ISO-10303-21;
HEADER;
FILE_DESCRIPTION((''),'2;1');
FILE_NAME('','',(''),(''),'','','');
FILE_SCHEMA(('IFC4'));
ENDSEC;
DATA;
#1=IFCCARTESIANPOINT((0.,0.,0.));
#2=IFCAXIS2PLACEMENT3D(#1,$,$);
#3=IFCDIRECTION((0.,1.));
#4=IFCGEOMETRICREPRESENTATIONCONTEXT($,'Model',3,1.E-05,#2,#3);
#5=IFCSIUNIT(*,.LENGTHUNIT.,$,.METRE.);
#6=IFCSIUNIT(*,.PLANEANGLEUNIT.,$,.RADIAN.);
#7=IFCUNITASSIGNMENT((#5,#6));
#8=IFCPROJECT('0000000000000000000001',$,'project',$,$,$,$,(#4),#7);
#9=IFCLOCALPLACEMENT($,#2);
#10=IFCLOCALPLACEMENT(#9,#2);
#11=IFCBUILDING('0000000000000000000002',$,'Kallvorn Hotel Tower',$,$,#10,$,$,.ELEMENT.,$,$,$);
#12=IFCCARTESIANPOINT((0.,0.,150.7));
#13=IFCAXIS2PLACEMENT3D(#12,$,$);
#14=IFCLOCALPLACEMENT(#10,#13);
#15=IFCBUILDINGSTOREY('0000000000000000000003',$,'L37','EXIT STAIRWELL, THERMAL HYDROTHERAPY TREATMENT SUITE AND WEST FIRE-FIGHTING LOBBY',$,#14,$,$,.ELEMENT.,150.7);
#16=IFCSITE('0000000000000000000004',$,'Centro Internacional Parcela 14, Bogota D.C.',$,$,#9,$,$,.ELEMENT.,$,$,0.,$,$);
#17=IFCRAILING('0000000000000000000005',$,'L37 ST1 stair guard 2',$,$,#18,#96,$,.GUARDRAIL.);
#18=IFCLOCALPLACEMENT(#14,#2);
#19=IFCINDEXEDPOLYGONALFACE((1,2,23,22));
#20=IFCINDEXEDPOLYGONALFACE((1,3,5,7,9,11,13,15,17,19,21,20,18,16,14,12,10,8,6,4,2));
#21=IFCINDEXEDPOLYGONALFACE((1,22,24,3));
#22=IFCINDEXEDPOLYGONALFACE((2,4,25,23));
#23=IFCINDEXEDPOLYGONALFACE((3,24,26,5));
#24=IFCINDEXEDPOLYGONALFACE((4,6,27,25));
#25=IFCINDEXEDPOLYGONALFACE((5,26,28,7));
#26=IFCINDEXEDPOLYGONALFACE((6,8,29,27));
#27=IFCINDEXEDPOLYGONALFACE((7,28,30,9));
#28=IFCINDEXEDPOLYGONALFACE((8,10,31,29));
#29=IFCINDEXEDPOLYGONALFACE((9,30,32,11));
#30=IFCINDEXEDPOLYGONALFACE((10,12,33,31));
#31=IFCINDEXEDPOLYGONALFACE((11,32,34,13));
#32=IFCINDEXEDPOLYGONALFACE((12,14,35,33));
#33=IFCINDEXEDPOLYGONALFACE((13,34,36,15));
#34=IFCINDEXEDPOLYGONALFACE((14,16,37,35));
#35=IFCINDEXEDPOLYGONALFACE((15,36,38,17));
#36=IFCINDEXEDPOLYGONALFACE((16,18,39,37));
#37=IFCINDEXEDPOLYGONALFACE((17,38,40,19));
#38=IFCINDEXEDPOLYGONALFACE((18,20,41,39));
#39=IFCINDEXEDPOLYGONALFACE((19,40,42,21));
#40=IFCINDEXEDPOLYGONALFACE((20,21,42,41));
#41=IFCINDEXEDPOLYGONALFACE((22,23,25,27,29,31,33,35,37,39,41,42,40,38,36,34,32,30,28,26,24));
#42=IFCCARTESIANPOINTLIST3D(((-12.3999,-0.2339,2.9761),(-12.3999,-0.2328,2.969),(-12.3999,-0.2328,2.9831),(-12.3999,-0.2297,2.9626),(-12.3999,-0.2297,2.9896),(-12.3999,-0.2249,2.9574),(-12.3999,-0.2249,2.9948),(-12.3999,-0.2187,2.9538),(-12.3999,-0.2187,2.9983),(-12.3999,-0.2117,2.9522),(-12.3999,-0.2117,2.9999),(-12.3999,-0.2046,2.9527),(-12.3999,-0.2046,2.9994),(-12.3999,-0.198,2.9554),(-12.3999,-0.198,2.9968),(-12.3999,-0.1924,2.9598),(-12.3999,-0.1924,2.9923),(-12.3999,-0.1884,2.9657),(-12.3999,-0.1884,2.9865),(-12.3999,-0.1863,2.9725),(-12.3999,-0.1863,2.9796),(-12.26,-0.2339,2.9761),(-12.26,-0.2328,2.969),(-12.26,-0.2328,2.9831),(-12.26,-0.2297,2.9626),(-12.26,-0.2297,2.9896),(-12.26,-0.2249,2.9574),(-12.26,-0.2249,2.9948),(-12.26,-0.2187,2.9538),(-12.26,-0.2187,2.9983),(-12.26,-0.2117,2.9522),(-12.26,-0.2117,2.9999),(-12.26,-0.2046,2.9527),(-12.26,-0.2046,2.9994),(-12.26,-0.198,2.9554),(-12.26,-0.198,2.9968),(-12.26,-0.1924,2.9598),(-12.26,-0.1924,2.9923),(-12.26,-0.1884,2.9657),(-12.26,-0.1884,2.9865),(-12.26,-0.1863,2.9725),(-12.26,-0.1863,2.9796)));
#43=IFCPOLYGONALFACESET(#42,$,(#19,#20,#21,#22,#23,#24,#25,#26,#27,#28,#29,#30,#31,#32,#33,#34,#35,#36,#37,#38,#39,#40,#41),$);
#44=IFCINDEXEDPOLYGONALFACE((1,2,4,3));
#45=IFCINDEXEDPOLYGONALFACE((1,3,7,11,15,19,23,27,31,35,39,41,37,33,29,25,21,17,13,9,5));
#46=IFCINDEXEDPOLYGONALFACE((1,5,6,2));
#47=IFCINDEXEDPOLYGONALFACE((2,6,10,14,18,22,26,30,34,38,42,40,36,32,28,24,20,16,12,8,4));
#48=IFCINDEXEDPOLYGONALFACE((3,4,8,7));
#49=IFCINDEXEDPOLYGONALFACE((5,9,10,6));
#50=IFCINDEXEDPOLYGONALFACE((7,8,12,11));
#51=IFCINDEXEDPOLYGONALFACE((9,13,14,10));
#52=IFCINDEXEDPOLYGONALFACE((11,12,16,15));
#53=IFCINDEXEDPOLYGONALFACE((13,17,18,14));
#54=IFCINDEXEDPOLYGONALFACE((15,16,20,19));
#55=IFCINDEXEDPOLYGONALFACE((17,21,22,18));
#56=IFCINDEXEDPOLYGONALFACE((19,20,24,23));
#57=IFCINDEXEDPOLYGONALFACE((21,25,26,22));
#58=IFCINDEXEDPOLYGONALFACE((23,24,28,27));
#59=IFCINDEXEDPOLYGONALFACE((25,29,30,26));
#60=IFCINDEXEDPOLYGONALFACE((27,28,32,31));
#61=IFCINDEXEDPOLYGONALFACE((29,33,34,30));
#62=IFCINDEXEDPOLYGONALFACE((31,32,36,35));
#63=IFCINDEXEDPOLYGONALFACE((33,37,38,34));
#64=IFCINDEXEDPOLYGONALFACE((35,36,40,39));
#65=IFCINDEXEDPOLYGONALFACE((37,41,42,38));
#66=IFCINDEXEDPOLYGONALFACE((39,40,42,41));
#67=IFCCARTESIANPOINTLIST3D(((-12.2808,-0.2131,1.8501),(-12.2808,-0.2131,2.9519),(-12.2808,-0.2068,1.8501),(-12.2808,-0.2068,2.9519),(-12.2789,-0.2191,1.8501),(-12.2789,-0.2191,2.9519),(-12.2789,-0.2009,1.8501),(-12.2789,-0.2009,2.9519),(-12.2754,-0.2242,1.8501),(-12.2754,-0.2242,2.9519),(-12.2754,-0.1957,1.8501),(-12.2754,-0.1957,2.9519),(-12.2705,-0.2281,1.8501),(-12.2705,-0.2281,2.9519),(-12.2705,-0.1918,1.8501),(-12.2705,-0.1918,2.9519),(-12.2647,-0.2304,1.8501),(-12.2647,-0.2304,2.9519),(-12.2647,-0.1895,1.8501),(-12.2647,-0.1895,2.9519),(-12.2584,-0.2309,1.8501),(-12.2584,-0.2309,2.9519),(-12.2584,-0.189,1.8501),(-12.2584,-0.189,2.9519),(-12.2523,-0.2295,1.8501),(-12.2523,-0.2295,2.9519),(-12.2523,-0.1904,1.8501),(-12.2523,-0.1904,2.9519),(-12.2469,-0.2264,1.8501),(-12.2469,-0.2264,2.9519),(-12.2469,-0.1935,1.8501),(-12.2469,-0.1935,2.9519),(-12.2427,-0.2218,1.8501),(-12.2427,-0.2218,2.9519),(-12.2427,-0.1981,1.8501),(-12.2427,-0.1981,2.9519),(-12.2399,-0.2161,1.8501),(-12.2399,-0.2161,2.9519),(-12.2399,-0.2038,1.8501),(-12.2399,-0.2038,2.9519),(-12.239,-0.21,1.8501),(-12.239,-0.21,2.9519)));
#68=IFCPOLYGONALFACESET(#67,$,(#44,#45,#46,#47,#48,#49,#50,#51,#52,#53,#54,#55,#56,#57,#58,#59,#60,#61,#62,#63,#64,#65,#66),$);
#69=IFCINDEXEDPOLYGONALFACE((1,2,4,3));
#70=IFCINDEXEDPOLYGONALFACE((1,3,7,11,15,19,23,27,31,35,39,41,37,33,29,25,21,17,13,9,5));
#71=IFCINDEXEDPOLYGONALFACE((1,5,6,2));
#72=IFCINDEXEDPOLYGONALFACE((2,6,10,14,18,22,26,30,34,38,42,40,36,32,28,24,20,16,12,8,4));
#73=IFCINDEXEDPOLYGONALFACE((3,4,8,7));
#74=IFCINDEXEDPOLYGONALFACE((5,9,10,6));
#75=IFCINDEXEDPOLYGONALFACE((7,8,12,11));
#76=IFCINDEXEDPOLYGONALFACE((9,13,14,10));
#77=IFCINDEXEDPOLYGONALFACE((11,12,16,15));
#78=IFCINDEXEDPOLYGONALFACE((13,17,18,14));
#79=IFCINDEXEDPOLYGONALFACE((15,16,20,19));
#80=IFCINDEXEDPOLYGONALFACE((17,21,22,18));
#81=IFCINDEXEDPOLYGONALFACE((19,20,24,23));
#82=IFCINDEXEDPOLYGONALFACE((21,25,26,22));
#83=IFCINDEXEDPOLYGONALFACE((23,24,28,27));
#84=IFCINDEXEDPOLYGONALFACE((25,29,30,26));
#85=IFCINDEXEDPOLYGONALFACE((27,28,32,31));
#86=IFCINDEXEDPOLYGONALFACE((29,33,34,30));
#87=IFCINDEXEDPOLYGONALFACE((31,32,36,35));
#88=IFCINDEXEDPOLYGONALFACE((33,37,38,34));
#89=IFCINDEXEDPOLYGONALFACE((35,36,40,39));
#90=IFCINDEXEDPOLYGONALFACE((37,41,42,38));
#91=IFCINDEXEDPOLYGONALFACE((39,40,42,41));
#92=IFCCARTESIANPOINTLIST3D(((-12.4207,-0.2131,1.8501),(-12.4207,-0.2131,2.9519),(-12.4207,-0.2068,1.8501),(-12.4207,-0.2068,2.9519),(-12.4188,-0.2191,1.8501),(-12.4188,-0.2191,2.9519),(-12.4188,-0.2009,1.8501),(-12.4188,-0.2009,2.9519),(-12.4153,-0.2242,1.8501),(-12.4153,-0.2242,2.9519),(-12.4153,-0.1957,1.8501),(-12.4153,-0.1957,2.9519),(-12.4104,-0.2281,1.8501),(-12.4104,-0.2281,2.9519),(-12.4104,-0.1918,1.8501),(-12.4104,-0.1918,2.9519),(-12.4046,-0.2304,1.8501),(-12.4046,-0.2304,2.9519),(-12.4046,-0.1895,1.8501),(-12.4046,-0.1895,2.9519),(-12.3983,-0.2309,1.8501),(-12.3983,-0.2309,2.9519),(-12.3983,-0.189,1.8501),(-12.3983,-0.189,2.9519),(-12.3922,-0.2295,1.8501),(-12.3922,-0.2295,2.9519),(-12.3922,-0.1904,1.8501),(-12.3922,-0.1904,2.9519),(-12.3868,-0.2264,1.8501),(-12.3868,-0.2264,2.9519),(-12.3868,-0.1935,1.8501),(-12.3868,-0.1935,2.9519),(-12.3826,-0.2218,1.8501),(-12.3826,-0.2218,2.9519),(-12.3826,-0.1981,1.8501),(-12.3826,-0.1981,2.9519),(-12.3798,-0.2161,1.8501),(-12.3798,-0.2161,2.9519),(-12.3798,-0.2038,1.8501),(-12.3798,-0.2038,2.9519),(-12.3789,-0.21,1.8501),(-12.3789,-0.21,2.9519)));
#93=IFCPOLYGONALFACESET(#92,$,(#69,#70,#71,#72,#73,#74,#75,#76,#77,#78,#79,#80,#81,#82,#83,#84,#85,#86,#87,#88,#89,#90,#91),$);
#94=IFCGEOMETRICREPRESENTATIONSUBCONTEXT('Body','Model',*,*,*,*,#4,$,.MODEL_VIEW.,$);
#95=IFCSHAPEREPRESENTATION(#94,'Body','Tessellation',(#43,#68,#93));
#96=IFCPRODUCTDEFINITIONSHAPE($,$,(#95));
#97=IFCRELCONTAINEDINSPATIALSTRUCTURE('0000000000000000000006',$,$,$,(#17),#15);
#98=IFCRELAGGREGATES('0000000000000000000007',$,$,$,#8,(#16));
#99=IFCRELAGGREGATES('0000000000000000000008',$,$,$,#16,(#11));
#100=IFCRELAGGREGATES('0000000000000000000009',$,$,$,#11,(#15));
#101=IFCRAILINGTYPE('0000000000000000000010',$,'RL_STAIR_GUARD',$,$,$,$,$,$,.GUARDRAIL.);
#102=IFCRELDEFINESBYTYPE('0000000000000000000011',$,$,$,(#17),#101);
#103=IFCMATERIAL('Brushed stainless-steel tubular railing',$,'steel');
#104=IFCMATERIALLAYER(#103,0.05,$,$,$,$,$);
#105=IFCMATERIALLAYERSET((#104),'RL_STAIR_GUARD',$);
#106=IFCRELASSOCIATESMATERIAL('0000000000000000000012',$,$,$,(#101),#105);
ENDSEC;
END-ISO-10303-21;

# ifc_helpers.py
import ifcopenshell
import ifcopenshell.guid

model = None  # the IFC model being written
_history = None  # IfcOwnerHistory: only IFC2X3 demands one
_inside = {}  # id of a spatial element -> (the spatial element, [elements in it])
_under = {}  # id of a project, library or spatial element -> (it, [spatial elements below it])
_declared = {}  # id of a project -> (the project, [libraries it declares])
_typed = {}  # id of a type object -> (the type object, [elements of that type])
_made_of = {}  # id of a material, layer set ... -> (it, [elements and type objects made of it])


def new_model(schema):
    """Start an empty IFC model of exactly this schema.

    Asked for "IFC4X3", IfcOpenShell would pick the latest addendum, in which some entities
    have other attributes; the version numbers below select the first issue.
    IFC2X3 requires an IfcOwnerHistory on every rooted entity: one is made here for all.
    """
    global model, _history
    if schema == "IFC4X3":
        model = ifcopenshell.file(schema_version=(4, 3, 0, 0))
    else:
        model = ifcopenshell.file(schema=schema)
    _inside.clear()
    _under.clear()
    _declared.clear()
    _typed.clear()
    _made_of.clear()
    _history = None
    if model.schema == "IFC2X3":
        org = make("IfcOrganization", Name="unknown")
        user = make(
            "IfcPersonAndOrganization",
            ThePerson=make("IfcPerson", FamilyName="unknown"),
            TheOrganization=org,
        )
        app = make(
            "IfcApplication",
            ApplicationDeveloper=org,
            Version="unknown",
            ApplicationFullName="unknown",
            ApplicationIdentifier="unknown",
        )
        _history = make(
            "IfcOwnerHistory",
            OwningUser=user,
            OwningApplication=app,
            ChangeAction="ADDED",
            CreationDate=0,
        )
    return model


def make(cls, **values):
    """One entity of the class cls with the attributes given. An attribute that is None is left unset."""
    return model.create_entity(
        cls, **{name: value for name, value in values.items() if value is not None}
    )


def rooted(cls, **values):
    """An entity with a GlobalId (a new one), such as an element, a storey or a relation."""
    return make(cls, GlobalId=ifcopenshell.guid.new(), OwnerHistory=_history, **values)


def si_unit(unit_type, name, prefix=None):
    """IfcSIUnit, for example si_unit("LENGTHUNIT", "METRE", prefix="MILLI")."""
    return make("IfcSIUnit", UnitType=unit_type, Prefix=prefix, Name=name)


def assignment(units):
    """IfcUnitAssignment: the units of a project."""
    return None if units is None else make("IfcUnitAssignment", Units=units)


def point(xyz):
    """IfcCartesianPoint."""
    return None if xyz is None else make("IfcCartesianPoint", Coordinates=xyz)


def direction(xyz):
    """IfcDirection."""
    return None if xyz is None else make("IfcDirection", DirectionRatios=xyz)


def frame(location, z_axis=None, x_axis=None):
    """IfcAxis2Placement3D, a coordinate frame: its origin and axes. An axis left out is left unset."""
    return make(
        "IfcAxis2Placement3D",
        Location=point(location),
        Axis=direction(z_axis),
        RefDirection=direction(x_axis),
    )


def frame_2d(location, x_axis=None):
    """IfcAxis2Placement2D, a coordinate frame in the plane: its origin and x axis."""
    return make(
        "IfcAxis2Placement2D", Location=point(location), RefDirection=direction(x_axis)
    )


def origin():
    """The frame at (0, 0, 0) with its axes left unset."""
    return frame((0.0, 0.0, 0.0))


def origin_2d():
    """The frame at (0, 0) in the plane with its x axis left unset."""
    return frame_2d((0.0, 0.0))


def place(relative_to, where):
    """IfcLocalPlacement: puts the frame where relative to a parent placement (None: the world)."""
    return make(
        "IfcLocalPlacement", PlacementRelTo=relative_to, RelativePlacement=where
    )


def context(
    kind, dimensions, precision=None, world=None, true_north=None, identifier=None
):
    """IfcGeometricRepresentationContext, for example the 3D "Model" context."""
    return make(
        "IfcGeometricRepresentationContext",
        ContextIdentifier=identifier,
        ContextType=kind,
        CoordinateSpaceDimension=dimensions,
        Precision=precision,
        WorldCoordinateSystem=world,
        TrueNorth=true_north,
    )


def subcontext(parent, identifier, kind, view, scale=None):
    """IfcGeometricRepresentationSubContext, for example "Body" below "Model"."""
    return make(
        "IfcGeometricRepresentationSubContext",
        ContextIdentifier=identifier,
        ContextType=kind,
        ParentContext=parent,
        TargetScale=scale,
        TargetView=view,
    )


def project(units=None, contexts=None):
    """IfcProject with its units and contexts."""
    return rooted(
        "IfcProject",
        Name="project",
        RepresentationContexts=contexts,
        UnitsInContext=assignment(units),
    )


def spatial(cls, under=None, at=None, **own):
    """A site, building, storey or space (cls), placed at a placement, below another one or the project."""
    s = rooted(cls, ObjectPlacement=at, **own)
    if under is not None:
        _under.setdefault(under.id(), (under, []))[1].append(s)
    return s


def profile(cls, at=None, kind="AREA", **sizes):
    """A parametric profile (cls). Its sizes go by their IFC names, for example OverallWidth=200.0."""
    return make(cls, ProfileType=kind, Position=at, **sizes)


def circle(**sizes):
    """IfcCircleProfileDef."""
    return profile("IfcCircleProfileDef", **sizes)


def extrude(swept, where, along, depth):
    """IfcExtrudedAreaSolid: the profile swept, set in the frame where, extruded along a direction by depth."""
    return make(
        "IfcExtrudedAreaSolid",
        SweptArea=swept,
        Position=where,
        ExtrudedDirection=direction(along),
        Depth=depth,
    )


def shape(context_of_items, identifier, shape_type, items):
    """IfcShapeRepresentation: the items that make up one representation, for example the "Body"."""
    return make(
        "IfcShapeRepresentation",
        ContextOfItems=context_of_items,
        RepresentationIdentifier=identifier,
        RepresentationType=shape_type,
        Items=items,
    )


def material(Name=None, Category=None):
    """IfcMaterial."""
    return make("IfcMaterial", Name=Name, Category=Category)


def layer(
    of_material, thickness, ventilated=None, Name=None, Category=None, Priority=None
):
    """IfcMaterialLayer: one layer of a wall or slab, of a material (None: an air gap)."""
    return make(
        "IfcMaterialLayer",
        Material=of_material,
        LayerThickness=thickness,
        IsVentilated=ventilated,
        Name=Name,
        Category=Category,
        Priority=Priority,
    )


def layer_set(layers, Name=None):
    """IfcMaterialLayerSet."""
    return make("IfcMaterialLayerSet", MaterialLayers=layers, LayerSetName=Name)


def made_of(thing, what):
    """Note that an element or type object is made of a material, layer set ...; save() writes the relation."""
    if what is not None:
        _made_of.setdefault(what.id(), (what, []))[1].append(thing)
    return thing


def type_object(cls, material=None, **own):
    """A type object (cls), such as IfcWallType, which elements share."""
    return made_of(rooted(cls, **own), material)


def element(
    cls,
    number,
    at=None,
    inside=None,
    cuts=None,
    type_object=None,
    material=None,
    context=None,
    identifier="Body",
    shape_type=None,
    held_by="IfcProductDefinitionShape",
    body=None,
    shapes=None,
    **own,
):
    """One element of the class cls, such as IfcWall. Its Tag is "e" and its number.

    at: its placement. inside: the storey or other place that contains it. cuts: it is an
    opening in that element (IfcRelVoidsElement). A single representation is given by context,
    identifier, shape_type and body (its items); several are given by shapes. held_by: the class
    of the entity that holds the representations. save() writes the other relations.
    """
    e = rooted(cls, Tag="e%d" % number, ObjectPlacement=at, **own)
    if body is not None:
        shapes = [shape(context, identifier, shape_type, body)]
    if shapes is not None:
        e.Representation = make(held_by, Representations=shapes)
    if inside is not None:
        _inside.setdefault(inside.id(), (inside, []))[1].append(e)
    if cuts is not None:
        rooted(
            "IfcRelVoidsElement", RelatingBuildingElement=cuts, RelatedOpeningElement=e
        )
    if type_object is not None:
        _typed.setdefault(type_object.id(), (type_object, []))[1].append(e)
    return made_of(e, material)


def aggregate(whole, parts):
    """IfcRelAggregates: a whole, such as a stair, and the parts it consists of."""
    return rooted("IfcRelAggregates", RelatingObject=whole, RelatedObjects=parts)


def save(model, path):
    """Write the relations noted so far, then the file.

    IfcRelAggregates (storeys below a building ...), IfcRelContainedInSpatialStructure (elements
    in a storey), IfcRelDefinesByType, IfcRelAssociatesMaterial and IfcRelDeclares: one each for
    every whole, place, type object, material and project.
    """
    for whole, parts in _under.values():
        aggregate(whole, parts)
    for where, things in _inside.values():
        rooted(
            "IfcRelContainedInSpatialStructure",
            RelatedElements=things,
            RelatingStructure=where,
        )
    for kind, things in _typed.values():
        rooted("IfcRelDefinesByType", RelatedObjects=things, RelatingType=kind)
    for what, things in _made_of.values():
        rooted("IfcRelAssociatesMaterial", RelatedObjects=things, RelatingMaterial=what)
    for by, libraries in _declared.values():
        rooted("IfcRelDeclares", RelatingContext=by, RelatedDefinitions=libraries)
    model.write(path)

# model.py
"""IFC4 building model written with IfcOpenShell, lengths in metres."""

from ifc_helpers import new_model, si_unit, direction, frame, origin, origin_2d, place, context, subcontext, project, spatial, circle, extrude, material, layer, layer_set, type_object, element, save


model = new_model("IFC4")

# Units and contexts
model_context = context("Model", 3, precision=1e-05, world=origin(), true_north=direction((0.0, 1.0)))
body_context = subcontext(model_context, "Body", "Model", "MODEL_VIEW")
ifc_project = project(units=[si_unit("LENGTHUNIT", "METRE"), si_unit("PLANEANGLEUNIT", "RADIAN")], contexts=[model_context])

# Site, building, storey
site_placement = place(None, origin())
site = spatial("IfcSite", under=ifc_project, at=site_placement, Name="Centro Internacional Parcela 14, Bogota D.C.", CompositionType="ELEMENT", RefElevation=0.0)
building_placement = place(site_placement, origin())
building = spatial("IfcBuilding", under=site, at=building_placement, Name="Kallvorn Hotel Tower", CompositionType="ELEMENT")
storey_placement = place(building_placement, frame((0.0, 0.0, 150.7)))
storey = spatial("IfcBuildingStorey", under=building, at=storey_placement, Name="L37", Description="EXIT STAIRWELL, THERMAL HYDROTHERAPY TREATMENT SUITE AND WEST FIRE-FIGHTING LOBBY", CompositionType="ELEMENT", Elevation=150.7)

# Railing
ifc_material_1 = material(Name="Brushed stainless-steel tubular railing", Category="steel")
ifc_layer_1 = layer(ifc_material_1, 0.05)
ifc_layer_set_1 = layer_set([ifc_layer_1], Name="RL_STAIR_GUARD")
railing_type_1 = type_object("IfcRailingType", Name="RL_STAIR_GUARD", PredefinedType="GUARDRAIL", material=ifc_layer_set_1)
railing_1_placement = place(storey_placement, frame((-12.26, -0.21, 1.8501)))
element("IfcRailing", 1, at=railing_1_placement, inside=storey, type_object=railing_type_1, Name="L37 ST1 stair guard 2", PredefinedType="GUARDRAIL", context=body_context, shape_type="SweptSolid", body=[
    extrude(circle(Radius=0.0239, at=origin_2d()), frame((0.0, 0.0, 1.126), z_axis=(-1.0, 0.0, 0.0), x_axis=(0.0, -1.0, 0.0)), (0.0, 0.0, 1.0), 0.1399),
    extrude(circle(Radius=0.021, at=origin_2d()), origin(), (0.0, 0.0, 1.0), 1.1018),
    extrude(circle(Radius=0.021, at=origin_2d()), frame((-0.1399, 0.0, 0.0)), (0.0, 0.0, 1.0), 1.1018),
])

save(model, "model.ifc")
